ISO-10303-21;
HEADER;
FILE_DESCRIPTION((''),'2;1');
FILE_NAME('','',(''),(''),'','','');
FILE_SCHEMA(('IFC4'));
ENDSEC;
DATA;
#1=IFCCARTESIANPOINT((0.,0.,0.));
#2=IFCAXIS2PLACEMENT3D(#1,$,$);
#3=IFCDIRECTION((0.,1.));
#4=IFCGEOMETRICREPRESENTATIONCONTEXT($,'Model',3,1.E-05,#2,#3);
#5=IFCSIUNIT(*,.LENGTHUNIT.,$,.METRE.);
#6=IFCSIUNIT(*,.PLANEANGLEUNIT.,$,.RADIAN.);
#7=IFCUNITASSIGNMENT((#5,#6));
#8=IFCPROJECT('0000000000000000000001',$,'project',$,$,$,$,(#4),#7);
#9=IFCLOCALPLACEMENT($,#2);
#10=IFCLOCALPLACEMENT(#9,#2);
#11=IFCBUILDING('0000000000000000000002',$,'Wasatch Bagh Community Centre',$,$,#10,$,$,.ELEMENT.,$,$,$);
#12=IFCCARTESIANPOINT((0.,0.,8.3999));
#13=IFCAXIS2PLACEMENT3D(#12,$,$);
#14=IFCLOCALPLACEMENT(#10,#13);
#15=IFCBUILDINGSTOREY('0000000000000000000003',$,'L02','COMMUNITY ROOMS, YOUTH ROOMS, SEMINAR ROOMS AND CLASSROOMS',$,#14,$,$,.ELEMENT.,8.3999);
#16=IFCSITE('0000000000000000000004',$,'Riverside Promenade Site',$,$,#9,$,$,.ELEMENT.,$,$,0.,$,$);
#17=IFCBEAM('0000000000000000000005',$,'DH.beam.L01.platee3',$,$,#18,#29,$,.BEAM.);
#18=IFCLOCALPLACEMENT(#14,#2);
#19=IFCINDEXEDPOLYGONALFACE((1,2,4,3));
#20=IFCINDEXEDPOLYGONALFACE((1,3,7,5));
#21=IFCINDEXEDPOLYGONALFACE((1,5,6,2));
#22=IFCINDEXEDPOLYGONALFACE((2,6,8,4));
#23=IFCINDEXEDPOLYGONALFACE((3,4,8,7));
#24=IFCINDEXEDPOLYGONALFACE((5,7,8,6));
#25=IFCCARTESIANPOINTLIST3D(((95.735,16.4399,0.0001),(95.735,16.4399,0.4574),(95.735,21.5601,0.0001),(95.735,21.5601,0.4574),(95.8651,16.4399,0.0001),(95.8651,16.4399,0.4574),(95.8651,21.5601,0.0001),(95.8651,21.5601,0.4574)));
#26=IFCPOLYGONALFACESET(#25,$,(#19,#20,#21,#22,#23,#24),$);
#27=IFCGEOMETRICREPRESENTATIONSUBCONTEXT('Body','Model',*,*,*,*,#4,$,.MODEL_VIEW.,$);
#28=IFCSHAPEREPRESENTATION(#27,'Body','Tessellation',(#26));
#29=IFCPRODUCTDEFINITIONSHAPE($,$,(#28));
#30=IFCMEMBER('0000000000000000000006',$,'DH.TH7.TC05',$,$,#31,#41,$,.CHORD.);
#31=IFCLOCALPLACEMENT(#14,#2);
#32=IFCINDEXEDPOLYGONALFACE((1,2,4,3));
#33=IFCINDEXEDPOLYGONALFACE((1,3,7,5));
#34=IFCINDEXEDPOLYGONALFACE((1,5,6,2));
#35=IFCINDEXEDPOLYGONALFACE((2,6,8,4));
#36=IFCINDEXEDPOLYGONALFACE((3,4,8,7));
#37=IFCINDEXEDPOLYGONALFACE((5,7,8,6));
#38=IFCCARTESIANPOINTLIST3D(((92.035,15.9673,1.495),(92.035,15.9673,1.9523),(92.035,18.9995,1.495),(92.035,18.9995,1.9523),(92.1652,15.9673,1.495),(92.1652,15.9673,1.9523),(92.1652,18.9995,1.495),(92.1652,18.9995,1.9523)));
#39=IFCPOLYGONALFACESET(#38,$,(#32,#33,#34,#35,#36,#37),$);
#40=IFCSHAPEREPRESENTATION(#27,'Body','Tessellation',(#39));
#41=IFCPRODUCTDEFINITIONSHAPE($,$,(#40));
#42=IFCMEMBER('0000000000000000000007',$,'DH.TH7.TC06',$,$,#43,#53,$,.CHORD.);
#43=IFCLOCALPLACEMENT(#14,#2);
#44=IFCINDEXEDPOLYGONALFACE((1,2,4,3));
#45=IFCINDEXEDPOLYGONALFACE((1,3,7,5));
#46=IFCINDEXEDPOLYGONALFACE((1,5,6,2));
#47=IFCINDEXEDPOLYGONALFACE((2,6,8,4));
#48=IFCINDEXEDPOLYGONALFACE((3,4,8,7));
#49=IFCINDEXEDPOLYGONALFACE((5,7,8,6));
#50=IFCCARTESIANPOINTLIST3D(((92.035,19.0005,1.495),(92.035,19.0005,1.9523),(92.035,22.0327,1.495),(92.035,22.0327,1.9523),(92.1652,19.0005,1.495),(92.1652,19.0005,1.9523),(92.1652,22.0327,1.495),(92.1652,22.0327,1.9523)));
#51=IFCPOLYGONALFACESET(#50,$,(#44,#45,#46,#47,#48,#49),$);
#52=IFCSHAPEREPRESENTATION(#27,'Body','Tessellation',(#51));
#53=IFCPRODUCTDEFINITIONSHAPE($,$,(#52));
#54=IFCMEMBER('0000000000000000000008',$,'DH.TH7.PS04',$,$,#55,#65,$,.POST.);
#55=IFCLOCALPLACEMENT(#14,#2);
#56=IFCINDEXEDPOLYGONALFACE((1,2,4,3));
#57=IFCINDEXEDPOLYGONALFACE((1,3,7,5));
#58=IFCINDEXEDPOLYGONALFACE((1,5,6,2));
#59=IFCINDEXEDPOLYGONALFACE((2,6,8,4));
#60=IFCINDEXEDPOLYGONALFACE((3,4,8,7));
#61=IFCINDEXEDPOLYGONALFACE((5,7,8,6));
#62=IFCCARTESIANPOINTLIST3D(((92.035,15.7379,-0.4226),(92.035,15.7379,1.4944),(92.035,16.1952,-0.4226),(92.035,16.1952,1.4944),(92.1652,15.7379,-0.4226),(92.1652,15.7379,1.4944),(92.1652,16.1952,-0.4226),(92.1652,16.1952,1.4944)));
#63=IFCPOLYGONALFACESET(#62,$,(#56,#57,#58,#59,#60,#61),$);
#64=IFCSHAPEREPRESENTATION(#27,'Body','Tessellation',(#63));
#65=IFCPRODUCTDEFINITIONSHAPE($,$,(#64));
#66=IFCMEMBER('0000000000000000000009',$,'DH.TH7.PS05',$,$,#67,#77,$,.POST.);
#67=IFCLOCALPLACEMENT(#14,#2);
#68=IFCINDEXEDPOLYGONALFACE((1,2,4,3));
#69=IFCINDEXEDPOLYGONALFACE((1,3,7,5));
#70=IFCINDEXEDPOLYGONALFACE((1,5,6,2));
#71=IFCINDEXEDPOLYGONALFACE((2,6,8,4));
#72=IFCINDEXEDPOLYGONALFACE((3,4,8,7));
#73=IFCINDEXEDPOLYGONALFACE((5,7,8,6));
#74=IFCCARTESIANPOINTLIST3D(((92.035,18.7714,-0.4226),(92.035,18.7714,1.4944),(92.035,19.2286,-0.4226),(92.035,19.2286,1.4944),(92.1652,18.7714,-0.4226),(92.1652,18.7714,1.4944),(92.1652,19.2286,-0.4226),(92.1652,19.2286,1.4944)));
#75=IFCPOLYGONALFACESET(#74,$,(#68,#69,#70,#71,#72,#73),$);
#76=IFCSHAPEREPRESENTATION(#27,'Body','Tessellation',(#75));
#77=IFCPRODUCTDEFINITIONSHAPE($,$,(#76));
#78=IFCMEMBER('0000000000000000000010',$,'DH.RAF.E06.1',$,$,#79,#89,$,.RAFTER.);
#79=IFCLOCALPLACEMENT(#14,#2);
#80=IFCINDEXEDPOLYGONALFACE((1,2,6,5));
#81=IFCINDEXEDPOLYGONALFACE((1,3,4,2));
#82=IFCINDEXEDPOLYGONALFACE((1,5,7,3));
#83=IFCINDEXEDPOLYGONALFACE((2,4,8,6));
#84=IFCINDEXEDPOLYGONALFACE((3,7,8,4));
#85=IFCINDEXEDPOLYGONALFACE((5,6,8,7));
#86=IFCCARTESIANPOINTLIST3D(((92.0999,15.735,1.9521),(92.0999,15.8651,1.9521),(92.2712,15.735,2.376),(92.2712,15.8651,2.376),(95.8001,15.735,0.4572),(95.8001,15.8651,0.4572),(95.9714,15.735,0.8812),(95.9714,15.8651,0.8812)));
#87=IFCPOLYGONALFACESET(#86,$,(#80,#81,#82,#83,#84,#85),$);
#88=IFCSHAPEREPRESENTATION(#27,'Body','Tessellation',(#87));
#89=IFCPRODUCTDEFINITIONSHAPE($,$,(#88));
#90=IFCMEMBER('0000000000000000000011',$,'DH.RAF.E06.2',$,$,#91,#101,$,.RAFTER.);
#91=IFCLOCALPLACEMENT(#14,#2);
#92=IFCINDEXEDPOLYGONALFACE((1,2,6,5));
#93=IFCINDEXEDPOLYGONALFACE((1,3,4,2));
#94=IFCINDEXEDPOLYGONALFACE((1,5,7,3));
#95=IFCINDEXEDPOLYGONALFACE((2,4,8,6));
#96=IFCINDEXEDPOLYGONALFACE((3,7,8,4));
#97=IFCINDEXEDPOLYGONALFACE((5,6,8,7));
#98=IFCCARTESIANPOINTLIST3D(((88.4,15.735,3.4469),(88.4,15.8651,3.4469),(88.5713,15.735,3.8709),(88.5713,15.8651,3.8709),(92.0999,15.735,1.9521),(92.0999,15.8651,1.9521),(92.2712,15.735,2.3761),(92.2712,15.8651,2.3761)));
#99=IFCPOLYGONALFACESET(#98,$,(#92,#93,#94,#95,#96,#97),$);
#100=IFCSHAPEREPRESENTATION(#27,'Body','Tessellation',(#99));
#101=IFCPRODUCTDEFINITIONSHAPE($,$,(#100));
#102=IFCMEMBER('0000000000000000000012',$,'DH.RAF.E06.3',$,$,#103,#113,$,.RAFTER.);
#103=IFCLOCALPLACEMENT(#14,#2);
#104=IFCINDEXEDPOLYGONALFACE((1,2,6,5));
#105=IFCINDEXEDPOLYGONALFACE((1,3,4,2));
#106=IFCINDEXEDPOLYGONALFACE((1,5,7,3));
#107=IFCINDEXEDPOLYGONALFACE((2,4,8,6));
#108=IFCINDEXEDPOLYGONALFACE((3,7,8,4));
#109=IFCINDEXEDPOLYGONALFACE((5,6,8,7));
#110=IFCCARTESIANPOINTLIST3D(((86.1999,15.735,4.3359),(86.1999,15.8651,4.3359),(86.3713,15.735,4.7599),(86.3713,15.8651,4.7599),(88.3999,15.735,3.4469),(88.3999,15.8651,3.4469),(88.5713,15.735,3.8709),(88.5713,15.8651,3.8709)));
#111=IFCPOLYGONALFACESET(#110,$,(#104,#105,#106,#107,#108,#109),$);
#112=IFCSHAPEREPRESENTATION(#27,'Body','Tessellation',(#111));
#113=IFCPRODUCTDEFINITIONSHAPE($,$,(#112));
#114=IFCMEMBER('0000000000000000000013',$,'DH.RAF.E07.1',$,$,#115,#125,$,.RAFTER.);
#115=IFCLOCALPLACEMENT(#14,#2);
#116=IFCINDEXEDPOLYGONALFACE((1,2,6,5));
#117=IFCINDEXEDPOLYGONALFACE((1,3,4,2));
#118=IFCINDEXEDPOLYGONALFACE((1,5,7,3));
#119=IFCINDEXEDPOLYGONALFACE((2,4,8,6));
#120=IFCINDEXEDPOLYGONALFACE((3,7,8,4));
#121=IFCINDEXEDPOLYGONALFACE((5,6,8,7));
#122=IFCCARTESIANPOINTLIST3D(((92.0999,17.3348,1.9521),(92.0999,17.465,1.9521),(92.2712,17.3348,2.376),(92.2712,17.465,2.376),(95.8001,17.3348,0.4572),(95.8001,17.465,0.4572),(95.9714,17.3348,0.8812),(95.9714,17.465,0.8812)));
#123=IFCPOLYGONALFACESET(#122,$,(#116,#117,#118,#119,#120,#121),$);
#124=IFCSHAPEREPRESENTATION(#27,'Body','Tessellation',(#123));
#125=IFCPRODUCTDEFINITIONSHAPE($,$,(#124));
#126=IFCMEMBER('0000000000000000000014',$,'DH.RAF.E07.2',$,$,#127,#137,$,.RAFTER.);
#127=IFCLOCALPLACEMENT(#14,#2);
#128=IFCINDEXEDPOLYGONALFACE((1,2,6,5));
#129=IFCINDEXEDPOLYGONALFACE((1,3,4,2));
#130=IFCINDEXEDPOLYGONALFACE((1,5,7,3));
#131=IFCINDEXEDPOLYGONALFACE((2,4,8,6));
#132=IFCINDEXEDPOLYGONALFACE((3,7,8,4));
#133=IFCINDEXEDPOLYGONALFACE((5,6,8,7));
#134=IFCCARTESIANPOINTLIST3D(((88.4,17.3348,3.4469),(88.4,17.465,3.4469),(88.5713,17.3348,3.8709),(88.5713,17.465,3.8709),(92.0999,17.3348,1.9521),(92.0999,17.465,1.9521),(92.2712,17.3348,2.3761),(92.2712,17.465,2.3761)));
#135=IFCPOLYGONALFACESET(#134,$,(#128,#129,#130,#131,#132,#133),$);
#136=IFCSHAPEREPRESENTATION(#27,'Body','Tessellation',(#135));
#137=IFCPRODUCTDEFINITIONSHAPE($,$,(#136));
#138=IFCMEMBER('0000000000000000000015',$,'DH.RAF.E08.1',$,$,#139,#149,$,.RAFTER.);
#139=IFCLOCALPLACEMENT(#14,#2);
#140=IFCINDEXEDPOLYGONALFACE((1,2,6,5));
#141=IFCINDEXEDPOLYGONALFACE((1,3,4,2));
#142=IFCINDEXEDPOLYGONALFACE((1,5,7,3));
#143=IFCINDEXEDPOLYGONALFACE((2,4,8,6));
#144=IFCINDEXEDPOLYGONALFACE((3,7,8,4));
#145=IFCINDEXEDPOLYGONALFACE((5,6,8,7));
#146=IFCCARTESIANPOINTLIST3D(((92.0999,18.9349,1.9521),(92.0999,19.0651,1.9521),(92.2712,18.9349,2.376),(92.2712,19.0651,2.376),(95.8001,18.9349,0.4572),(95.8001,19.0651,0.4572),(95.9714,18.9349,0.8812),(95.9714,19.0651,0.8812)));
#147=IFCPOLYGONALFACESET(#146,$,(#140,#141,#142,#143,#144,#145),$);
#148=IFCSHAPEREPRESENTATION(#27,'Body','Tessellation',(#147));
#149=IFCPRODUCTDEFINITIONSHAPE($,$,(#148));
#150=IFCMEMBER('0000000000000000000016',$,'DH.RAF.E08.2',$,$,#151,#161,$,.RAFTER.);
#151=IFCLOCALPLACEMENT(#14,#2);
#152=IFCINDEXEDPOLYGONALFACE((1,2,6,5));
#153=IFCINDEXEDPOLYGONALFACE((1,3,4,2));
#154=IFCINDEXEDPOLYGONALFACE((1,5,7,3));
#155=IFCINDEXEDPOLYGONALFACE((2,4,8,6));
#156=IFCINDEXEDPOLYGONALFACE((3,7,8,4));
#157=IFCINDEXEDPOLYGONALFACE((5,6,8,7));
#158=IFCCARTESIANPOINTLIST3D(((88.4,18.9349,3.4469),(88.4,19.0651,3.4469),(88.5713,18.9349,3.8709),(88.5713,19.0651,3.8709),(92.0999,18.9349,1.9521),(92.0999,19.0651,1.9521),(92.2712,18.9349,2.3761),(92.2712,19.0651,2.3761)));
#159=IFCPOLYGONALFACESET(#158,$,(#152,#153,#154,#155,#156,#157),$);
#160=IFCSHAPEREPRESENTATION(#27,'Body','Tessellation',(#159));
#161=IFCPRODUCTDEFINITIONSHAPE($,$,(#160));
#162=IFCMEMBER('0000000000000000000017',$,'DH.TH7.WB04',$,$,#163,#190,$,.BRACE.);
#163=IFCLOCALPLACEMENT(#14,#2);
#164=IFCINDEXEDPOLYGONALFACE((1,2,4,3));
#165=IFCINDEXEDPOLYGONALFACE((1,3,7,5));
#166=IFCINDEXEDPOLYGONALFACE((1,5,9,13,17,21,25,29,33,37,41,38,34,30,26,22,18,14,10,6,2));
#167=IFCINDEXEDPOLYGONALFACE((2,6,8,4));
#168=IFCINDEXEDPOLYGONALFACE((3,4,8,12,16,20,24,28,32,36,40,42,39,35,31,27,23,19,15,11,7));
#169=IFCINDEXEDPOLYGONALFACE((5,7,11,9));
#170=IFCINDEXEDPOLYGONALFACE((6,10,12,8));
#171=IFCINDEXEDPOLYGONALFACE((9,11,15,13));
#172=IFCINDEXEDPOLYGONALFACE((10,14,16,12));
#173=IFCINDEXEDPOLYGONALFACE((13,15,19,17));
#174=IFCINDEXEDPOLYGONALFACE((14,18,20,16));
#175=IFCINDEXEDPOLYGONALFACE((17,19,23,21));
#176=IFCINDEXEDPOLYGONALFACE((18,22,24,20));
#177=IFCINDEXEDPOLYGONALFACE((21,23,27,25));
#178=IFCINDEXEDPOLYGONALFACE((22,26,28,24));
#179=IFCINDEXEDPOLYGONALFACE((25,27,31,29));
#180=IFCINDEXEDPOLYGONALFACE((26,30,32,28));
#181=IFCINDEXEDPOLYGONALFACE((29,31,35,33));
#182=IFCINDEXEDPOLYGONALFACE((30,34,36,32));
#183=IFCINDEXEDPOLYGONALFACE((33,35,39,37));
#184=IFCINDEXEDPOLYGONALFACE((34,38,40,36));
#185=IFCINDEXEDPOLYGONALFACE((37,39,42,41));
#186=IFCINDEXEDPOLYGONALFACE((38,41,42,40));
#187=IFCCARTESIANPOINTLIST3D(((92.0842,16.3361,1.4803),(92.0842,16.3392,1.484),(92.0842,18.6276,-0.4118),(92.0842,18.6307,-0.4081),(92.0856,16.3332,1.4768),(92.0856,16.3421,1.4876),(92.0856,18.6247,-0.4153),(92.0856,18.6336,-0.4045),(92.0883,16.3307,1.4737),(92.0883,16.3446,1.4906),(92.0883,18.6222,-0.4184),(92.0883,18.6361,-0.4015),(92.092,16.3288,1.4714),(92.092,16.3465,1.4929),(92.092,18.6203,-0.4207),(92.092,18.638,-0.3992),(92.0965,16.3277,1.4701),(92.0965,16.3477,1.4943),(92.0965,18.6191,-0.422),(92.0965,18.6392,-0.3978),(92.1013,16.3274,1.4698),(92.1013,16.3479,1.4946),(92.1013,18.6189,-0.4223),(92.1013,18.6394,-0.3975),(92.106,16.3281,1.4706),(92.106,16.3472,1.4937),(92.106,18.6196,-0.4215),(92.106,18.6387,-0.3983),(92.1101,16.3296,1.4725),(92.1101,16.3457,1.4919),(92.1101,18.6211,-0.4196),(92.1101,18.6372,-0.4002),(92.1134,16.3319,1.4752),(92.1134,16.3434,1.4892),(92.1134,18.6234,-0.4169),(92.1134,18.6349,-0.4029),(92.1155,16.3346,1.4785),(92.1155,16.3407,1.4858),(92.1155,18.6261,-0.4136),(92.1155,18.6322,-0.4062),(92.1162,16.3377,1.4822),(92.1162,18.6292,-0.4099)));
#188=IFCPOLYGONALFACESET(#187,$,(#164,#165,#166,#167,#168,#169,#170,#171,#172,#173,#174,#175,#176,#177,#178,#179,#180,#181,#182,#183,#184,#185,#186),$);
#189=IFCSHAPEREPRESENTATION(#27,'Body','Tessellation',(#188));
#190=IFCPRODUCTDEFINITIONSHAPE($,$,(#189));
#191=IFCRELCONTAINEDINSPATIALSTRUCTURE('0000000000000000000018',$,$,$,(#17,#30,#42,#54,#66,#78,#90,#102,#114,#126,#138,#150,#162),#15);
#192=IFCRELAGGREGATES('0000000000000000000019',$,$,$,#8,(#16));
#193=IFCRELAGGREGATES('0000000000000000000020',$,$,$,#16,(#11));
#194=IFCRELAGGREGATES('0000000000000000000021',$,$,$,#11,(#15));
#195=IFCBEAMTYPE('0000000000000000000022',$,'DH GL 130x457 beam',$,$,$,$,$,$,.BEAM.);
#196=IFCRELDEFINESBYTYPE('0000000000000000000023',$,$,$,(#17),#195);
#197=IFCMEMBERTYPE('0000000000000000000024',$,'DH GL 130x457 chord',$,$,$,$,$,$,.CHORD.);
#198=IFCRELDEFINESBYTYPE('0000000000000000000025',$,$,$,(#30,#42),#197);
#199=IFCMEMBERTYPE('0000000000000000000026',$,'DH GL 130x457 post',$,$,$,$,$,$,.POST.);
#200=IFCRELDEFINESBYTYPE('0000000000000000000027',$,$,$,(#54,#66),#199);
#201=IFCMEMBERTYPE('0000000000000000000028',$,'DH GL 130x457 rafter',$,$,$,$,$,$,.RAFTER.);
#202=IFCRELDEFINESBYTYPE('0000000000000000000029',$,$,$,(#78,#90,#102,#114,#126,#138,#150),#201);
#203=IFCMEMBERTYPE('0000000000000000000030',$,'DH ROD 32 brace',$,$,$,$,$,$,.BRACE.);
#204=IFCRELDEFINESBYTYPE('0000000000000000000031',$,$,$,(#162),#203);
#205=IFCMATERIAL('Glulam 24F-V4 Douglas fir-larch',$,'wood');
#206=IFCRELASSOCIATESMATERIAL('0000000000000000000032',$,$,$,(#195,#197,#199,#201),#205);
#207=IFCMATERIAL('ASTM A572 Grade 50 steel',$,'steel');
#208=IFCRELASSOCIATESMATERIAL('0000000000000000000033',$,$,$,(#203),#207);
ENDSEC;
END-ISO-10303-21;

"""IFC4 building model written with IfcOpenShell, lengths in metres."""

from ifc_helpers import new_model, si_unit, direction, frame, origin, origin_2d, place, context, subcontext, project, spatial, rectangle, circle, extrude, material, material_profile, profile_set, type_object, element, save


model = new_model("IFC4")

# Units and contexts
model_context = context("Model", 3, precision=1e-05, world=origin(), true_north=direction((0.0, 1.0)))
body_context = subcontext(model_context, "Body", "Model", "MODEL_VIEW")
ifc_project = project(units=[si_unit("LENGTHUNIT", "METRE"), si_unit("PLANEANGLEUNIT", "RADIAN")], contexts=[model_context])

# Site, building, storey
site_placement = place(None, origin())
site = spatial("IfcSite", under=ifc_project, at=site_placement, Name="Riverside Promenade Site", CompositionType="ELEMENT", RefElevation=0.0)
building_placement = place(site_placement, origin())
building = spatial("IfcBuilding", under=site, at=building_placement, Name="Wasatch Bagh Community Centre", CompositionType="ELEMENT")
storey_placement = place(building_placement, frame((0.0, 0.0, 8.3999)))
storey = spatial("IfcBuildingStorey", under=building, at=storey_placement, Name="L02", Description="COMMUNITY ROOMS, YOUTH ROOMS, SEMINAR ROOMS AND CLASSROOMS", CompositionType="ELEMENT", Elevation=8.3999)

# Beam
ifc_material_1 = material(Name="Glulam 24F-V4 Douglas fir-larch", Category="wood")
ifc_material_profile_1 = material_profile(ifc_material_1, rectangle(XDim=0.1301, YDim=0.4573, at=origin_2d()), Name="GL 130x457")
ifc_profile_set_1 = profile_set([ifc_material_profile_1], Name="Glulam 24F-V4 Douglas fir-larch")
beam_type = type_object("IfcBeamType", Name="DH GL 130x457 beam", PredefinedType="BEAM", material=ifc_profile_set_1)
beam_placement = place(storey_placement, frame((95.8, 16.4399, 0.2288), z_axis=(0.0, 1.0, 0.0), x_axis=(-1.0, 0.0, 0.0)))
element("IfcBeam", 1, at=beam_placement, inside=storey, type_object=beam_type, Name="DH.beam.L01.platee3", PredefinedType="BEAM", context=body_context, shape_type="SweptSolid", body=[
    extrude(rectangle(XDim=0.1301, YDim=0.4573, at=origin_2d()), origin(), (0.0, 0.0, 1.0), 5.1201),
])

# Members
ifc_material_profile_2 = material_profile(ifc_material_1, rectangle(XDim=0.1301, YDim=0.4573, at=origin_2d()), Name="GL 130x457")
ifc_profile_set_2 = profile_set([ifc_material_profile_2], Name="Glulam 24F-V4 Douglas fir-larch")
member_type_1 = type_object("IfcMemberType", Name="DH GL 130x457 chord", PredefinedType="CHORD", material=ifc_profile_set_2)
for number, where, z_axis, x_axis, name in (
    (2, (92.1001, 15.9673, 1.7236), (0.0, 1.0, 0.0), (-1.0, 0.0, 0.0), "DH.TH7.TC05"),
    (3, (92.1001, 19.0005, 1.7236), (0.0, 1.0, 0.0), (-1.0, 0.0, 0.0), "DH.TH7.TC06"),
):
    element("IfcMember", number, at=place(storey_placement, frame(where, z_axis=z_axis, x_axis=x_axis)), inside=storey, type_object=member_type_1, Name=name, PredefinedType="CHORD", context=body_context, shape_type="SweptSolid", body=[
        extrude(rectangle(XDim=0.1301, YDim=0.4573, at=origin_2d()), origin(), (0.0, 0.0, 1.0), 3.0322),
    ])
ifc_material_profile_3 = material_profile(ifc_material_1, rectangle(XDim=0.1301, YDim=0.4573, at=origin_2d()), Name="GL 130x457")
ifc_profile_set_3 = profile_set([ifc_material_profile_3], Name="Glulam 24F-V4 Douglas fir-larch")
member_type_2 = type_object("IfcMemberType", Name="DH GL 130x457 post", PredefinedType="POST", material=ifc_profile_set_3)
for number, where, z_axis, x_axis, name in (
    (4, (92.1001, 15.9666, -0.4226), (0.0, 0.0, 1.0), (1.0, 0.0, 0.0), "DH.TH7.PS04"),
    (5, (92.1001, 19.0, -0.4226), (0.0, 0.0, 1.0), (1.0, 0.0, 0.0), "DH.TH7.PS05"),
):
    element("IfcMember", number, at=place(storey_placement, frame(where, z_axis=z_axis, x_axis=x_axis)), inside=storey, type_object=member_type_2, Name=name, PredefinedType="POST", context=body_context, shape_type="SweptSolid", body=[
        extrude(rectangle(XDim=0.1301, YDim=0.4573, at=origin_2d()), origin(), (0.0, 0.0, 1.0), 1.917),
    ])
ifc_material_profile_4 = material_profile(ifc_material_1, rectangle(XDim=0.1301, YDim=0.4573, at=origin_2d()), Name="GL 130x457")
ifc_profile_set_4 = profile_set([ifc_material_profile_4], Name="Glulam 24F-V4 Douglas fir-larch")
member_type_3 = type_object("IfcMemberType", Name="DH GL 130x457 rafter", PredefinedType="RAFTER", material=ifc_profile_set_4)
member_1_placement = place(storey_placement, frame((95.8857, 15.8, 0.6692), z_axis=(-0.927193, 0.0, 0.374584), x_axis=(0.0, -1.0, 0.0)))
element("IfcMember", 6, at=member_1_placement, inside=storey, type_object=member_type_3, Name="DH.RAF.E06.1", PredefinedType="RAFTER", context=body_context, shape_type="SweptSolid", body=[
    extrude(rectangle(XDim=0.1301, YDim=0.4573, at=origin_2d()), origin(), (0.0, 0.0, 1.0), 3.9907),
])
member_2_placement = place(storey_placement, frame((92.1855, 15.8, 2.1641), z_axis=(-0.927184, 0.0, 0.374606), x_axis=(0.0, -1.0, 0.0)))
element("IfcMember", 7, at=member_2_placement, inside=storey, type_object=member_type_3, Name="DH.RAF.E06.2", PredefinedType="RAFTER", context=body_context, shape_type="SweptSolid", body=[
    extrude(rectangle(XDim=0.1301, YDim=0.4573, at=origin_2d()), origin(), (0.0, 0.0, 1.0), 3.9905),
])
member_3_placement = place(storey_placement, frame((88.4856, 15.8, 3.6589), z_axis=(-0.927172, 0.0, 0.374635), x_axis=(0.0, -1.0, 0.0)))
element("IfcMember", 8, at=member_3_placement, inside=storey, type_object=member_type_3, Name="DH.RAF.E06.3", PredefinedType="RAFTER", context=body_context, shape_type="SweptSolid", body=[
    extrude(rectangle(XDim=0.1301, YDim=0.4573, at=origin_2d()), origin(), (0.0, 0.0, 1.0), 2.3728),
])
member_4_placement = place(storey_placement, frame((95.8857, 17.3999, 0.6692), z_axis=(-0.927193, 0.0, 0.374584), x_axis=(0.0, -1.0, 0.0)))
element("IfcMember", 9, at=member_4_placement, inside=storey, type_object=member_type_3, Name="DH.RAF.E07.1", PredefinedType="RAFTER", context=body_context, shape_type="SweptSolid", body=[
    extrude(rectangle(XDim=0.1301, YDim=0.4573, at=origin_2d()), origin(), (0.0, 0.0, 1.0), 3.9907),
])
member_5_placement = place(storey_placement, frame((92.1855, 17.3999, 2.1641), z_axis=(-0.927184, 0.0, 0.374606), x_axis=(0.0, -1.0, 0.0)))
element("IfcMember", 10, at=member_5_placement, inside=storey, type_object=member_type_3, Name="DH.RAF.E07.2", PredefinedType="RAFTER", context=body_context, shape_type="SweptSolid", body=[
    extrude(rectangle(XDim=0.1301, YDim=0.4573, at=origin_2d()), origin(), (0.0, 0.0, 1.0), 3.9905),
])
member_6_placement = place(storey_placement, frame((95.8857, 19.0, 0.6692), z_axis=(-0.927193, 0.0, 0.374584), x_axis=(0.0, -1.0, 0.0)))
element("IfcMember", 11, at=member_6_placement, inside=storey, type_object=member_type_3, Name="DH.RAF.E08.1", PredefinedType="RAFTER", context=body_context, shape_type="SweptSolid", body=[
    extrude(rectangle(XDim=0.1301, YDim=0.4573, at=origin_2d()), origin(), (0.0, 0.0, 1.0), 3.9907),
])
member_7_placement = place(storey_placement, frame((92.1855, 19.0, 2.1641), z_axis=(-0.927184, 0.0, 0.374606), x_axis=(0.0, -1.0, 0.0)))
element("IfcMember", 12, at=member_7_placement, inside=storey, type_object=member_type_3, Name="DH.RAF.E08.2", PredefinedType="RAFTER", context=body_context, shape_type="SweptSolid", body=[
    extrude(rectangle(XDim=0.1301, YDim=0.4573, at=origin_2d()), origin(), (0.0, 0.0, 1.0), 3.9905),
])
ifc_material_2 = material(Name="ASTM A572 Grade 50 steel", Category="steel")
ifc_material_profile_5 = material_profile(ifc_material_2, circle(Radius=0.0161, at=origin_2d()), Name="ROD 32")
ifc_profile_set_5 = profile_set([ifc_material_profile_5], Name="ASTM A572 Grade 50 steel")
member_type_4 = type_object("IfcMemberType", Name="DH ROD 32 brace", PredefinedType="BRACE", material=ifc_profile_set_5)
member_8_placement = place(storey_placement, frame((92.1001, 18.6292, -0.4099), z_axis=(0.0, -0.771109, 0.636703), x_axis=(1.0, 0.0, 0.0)))
element("IfcMember", 13, at=member_8_placement, inside=storey, type_object=member_type_4, Name="DH.TH7.WB04", PredefinedType="BRACE", context=body_context, shape_type="SweptSolid", body=[
    extrude(circle(Radius=0.0161, at=origin_2d()), origin(), (0.0, 0.0, 1.0), 2.9717),
])

save(model, "model.ifc")
